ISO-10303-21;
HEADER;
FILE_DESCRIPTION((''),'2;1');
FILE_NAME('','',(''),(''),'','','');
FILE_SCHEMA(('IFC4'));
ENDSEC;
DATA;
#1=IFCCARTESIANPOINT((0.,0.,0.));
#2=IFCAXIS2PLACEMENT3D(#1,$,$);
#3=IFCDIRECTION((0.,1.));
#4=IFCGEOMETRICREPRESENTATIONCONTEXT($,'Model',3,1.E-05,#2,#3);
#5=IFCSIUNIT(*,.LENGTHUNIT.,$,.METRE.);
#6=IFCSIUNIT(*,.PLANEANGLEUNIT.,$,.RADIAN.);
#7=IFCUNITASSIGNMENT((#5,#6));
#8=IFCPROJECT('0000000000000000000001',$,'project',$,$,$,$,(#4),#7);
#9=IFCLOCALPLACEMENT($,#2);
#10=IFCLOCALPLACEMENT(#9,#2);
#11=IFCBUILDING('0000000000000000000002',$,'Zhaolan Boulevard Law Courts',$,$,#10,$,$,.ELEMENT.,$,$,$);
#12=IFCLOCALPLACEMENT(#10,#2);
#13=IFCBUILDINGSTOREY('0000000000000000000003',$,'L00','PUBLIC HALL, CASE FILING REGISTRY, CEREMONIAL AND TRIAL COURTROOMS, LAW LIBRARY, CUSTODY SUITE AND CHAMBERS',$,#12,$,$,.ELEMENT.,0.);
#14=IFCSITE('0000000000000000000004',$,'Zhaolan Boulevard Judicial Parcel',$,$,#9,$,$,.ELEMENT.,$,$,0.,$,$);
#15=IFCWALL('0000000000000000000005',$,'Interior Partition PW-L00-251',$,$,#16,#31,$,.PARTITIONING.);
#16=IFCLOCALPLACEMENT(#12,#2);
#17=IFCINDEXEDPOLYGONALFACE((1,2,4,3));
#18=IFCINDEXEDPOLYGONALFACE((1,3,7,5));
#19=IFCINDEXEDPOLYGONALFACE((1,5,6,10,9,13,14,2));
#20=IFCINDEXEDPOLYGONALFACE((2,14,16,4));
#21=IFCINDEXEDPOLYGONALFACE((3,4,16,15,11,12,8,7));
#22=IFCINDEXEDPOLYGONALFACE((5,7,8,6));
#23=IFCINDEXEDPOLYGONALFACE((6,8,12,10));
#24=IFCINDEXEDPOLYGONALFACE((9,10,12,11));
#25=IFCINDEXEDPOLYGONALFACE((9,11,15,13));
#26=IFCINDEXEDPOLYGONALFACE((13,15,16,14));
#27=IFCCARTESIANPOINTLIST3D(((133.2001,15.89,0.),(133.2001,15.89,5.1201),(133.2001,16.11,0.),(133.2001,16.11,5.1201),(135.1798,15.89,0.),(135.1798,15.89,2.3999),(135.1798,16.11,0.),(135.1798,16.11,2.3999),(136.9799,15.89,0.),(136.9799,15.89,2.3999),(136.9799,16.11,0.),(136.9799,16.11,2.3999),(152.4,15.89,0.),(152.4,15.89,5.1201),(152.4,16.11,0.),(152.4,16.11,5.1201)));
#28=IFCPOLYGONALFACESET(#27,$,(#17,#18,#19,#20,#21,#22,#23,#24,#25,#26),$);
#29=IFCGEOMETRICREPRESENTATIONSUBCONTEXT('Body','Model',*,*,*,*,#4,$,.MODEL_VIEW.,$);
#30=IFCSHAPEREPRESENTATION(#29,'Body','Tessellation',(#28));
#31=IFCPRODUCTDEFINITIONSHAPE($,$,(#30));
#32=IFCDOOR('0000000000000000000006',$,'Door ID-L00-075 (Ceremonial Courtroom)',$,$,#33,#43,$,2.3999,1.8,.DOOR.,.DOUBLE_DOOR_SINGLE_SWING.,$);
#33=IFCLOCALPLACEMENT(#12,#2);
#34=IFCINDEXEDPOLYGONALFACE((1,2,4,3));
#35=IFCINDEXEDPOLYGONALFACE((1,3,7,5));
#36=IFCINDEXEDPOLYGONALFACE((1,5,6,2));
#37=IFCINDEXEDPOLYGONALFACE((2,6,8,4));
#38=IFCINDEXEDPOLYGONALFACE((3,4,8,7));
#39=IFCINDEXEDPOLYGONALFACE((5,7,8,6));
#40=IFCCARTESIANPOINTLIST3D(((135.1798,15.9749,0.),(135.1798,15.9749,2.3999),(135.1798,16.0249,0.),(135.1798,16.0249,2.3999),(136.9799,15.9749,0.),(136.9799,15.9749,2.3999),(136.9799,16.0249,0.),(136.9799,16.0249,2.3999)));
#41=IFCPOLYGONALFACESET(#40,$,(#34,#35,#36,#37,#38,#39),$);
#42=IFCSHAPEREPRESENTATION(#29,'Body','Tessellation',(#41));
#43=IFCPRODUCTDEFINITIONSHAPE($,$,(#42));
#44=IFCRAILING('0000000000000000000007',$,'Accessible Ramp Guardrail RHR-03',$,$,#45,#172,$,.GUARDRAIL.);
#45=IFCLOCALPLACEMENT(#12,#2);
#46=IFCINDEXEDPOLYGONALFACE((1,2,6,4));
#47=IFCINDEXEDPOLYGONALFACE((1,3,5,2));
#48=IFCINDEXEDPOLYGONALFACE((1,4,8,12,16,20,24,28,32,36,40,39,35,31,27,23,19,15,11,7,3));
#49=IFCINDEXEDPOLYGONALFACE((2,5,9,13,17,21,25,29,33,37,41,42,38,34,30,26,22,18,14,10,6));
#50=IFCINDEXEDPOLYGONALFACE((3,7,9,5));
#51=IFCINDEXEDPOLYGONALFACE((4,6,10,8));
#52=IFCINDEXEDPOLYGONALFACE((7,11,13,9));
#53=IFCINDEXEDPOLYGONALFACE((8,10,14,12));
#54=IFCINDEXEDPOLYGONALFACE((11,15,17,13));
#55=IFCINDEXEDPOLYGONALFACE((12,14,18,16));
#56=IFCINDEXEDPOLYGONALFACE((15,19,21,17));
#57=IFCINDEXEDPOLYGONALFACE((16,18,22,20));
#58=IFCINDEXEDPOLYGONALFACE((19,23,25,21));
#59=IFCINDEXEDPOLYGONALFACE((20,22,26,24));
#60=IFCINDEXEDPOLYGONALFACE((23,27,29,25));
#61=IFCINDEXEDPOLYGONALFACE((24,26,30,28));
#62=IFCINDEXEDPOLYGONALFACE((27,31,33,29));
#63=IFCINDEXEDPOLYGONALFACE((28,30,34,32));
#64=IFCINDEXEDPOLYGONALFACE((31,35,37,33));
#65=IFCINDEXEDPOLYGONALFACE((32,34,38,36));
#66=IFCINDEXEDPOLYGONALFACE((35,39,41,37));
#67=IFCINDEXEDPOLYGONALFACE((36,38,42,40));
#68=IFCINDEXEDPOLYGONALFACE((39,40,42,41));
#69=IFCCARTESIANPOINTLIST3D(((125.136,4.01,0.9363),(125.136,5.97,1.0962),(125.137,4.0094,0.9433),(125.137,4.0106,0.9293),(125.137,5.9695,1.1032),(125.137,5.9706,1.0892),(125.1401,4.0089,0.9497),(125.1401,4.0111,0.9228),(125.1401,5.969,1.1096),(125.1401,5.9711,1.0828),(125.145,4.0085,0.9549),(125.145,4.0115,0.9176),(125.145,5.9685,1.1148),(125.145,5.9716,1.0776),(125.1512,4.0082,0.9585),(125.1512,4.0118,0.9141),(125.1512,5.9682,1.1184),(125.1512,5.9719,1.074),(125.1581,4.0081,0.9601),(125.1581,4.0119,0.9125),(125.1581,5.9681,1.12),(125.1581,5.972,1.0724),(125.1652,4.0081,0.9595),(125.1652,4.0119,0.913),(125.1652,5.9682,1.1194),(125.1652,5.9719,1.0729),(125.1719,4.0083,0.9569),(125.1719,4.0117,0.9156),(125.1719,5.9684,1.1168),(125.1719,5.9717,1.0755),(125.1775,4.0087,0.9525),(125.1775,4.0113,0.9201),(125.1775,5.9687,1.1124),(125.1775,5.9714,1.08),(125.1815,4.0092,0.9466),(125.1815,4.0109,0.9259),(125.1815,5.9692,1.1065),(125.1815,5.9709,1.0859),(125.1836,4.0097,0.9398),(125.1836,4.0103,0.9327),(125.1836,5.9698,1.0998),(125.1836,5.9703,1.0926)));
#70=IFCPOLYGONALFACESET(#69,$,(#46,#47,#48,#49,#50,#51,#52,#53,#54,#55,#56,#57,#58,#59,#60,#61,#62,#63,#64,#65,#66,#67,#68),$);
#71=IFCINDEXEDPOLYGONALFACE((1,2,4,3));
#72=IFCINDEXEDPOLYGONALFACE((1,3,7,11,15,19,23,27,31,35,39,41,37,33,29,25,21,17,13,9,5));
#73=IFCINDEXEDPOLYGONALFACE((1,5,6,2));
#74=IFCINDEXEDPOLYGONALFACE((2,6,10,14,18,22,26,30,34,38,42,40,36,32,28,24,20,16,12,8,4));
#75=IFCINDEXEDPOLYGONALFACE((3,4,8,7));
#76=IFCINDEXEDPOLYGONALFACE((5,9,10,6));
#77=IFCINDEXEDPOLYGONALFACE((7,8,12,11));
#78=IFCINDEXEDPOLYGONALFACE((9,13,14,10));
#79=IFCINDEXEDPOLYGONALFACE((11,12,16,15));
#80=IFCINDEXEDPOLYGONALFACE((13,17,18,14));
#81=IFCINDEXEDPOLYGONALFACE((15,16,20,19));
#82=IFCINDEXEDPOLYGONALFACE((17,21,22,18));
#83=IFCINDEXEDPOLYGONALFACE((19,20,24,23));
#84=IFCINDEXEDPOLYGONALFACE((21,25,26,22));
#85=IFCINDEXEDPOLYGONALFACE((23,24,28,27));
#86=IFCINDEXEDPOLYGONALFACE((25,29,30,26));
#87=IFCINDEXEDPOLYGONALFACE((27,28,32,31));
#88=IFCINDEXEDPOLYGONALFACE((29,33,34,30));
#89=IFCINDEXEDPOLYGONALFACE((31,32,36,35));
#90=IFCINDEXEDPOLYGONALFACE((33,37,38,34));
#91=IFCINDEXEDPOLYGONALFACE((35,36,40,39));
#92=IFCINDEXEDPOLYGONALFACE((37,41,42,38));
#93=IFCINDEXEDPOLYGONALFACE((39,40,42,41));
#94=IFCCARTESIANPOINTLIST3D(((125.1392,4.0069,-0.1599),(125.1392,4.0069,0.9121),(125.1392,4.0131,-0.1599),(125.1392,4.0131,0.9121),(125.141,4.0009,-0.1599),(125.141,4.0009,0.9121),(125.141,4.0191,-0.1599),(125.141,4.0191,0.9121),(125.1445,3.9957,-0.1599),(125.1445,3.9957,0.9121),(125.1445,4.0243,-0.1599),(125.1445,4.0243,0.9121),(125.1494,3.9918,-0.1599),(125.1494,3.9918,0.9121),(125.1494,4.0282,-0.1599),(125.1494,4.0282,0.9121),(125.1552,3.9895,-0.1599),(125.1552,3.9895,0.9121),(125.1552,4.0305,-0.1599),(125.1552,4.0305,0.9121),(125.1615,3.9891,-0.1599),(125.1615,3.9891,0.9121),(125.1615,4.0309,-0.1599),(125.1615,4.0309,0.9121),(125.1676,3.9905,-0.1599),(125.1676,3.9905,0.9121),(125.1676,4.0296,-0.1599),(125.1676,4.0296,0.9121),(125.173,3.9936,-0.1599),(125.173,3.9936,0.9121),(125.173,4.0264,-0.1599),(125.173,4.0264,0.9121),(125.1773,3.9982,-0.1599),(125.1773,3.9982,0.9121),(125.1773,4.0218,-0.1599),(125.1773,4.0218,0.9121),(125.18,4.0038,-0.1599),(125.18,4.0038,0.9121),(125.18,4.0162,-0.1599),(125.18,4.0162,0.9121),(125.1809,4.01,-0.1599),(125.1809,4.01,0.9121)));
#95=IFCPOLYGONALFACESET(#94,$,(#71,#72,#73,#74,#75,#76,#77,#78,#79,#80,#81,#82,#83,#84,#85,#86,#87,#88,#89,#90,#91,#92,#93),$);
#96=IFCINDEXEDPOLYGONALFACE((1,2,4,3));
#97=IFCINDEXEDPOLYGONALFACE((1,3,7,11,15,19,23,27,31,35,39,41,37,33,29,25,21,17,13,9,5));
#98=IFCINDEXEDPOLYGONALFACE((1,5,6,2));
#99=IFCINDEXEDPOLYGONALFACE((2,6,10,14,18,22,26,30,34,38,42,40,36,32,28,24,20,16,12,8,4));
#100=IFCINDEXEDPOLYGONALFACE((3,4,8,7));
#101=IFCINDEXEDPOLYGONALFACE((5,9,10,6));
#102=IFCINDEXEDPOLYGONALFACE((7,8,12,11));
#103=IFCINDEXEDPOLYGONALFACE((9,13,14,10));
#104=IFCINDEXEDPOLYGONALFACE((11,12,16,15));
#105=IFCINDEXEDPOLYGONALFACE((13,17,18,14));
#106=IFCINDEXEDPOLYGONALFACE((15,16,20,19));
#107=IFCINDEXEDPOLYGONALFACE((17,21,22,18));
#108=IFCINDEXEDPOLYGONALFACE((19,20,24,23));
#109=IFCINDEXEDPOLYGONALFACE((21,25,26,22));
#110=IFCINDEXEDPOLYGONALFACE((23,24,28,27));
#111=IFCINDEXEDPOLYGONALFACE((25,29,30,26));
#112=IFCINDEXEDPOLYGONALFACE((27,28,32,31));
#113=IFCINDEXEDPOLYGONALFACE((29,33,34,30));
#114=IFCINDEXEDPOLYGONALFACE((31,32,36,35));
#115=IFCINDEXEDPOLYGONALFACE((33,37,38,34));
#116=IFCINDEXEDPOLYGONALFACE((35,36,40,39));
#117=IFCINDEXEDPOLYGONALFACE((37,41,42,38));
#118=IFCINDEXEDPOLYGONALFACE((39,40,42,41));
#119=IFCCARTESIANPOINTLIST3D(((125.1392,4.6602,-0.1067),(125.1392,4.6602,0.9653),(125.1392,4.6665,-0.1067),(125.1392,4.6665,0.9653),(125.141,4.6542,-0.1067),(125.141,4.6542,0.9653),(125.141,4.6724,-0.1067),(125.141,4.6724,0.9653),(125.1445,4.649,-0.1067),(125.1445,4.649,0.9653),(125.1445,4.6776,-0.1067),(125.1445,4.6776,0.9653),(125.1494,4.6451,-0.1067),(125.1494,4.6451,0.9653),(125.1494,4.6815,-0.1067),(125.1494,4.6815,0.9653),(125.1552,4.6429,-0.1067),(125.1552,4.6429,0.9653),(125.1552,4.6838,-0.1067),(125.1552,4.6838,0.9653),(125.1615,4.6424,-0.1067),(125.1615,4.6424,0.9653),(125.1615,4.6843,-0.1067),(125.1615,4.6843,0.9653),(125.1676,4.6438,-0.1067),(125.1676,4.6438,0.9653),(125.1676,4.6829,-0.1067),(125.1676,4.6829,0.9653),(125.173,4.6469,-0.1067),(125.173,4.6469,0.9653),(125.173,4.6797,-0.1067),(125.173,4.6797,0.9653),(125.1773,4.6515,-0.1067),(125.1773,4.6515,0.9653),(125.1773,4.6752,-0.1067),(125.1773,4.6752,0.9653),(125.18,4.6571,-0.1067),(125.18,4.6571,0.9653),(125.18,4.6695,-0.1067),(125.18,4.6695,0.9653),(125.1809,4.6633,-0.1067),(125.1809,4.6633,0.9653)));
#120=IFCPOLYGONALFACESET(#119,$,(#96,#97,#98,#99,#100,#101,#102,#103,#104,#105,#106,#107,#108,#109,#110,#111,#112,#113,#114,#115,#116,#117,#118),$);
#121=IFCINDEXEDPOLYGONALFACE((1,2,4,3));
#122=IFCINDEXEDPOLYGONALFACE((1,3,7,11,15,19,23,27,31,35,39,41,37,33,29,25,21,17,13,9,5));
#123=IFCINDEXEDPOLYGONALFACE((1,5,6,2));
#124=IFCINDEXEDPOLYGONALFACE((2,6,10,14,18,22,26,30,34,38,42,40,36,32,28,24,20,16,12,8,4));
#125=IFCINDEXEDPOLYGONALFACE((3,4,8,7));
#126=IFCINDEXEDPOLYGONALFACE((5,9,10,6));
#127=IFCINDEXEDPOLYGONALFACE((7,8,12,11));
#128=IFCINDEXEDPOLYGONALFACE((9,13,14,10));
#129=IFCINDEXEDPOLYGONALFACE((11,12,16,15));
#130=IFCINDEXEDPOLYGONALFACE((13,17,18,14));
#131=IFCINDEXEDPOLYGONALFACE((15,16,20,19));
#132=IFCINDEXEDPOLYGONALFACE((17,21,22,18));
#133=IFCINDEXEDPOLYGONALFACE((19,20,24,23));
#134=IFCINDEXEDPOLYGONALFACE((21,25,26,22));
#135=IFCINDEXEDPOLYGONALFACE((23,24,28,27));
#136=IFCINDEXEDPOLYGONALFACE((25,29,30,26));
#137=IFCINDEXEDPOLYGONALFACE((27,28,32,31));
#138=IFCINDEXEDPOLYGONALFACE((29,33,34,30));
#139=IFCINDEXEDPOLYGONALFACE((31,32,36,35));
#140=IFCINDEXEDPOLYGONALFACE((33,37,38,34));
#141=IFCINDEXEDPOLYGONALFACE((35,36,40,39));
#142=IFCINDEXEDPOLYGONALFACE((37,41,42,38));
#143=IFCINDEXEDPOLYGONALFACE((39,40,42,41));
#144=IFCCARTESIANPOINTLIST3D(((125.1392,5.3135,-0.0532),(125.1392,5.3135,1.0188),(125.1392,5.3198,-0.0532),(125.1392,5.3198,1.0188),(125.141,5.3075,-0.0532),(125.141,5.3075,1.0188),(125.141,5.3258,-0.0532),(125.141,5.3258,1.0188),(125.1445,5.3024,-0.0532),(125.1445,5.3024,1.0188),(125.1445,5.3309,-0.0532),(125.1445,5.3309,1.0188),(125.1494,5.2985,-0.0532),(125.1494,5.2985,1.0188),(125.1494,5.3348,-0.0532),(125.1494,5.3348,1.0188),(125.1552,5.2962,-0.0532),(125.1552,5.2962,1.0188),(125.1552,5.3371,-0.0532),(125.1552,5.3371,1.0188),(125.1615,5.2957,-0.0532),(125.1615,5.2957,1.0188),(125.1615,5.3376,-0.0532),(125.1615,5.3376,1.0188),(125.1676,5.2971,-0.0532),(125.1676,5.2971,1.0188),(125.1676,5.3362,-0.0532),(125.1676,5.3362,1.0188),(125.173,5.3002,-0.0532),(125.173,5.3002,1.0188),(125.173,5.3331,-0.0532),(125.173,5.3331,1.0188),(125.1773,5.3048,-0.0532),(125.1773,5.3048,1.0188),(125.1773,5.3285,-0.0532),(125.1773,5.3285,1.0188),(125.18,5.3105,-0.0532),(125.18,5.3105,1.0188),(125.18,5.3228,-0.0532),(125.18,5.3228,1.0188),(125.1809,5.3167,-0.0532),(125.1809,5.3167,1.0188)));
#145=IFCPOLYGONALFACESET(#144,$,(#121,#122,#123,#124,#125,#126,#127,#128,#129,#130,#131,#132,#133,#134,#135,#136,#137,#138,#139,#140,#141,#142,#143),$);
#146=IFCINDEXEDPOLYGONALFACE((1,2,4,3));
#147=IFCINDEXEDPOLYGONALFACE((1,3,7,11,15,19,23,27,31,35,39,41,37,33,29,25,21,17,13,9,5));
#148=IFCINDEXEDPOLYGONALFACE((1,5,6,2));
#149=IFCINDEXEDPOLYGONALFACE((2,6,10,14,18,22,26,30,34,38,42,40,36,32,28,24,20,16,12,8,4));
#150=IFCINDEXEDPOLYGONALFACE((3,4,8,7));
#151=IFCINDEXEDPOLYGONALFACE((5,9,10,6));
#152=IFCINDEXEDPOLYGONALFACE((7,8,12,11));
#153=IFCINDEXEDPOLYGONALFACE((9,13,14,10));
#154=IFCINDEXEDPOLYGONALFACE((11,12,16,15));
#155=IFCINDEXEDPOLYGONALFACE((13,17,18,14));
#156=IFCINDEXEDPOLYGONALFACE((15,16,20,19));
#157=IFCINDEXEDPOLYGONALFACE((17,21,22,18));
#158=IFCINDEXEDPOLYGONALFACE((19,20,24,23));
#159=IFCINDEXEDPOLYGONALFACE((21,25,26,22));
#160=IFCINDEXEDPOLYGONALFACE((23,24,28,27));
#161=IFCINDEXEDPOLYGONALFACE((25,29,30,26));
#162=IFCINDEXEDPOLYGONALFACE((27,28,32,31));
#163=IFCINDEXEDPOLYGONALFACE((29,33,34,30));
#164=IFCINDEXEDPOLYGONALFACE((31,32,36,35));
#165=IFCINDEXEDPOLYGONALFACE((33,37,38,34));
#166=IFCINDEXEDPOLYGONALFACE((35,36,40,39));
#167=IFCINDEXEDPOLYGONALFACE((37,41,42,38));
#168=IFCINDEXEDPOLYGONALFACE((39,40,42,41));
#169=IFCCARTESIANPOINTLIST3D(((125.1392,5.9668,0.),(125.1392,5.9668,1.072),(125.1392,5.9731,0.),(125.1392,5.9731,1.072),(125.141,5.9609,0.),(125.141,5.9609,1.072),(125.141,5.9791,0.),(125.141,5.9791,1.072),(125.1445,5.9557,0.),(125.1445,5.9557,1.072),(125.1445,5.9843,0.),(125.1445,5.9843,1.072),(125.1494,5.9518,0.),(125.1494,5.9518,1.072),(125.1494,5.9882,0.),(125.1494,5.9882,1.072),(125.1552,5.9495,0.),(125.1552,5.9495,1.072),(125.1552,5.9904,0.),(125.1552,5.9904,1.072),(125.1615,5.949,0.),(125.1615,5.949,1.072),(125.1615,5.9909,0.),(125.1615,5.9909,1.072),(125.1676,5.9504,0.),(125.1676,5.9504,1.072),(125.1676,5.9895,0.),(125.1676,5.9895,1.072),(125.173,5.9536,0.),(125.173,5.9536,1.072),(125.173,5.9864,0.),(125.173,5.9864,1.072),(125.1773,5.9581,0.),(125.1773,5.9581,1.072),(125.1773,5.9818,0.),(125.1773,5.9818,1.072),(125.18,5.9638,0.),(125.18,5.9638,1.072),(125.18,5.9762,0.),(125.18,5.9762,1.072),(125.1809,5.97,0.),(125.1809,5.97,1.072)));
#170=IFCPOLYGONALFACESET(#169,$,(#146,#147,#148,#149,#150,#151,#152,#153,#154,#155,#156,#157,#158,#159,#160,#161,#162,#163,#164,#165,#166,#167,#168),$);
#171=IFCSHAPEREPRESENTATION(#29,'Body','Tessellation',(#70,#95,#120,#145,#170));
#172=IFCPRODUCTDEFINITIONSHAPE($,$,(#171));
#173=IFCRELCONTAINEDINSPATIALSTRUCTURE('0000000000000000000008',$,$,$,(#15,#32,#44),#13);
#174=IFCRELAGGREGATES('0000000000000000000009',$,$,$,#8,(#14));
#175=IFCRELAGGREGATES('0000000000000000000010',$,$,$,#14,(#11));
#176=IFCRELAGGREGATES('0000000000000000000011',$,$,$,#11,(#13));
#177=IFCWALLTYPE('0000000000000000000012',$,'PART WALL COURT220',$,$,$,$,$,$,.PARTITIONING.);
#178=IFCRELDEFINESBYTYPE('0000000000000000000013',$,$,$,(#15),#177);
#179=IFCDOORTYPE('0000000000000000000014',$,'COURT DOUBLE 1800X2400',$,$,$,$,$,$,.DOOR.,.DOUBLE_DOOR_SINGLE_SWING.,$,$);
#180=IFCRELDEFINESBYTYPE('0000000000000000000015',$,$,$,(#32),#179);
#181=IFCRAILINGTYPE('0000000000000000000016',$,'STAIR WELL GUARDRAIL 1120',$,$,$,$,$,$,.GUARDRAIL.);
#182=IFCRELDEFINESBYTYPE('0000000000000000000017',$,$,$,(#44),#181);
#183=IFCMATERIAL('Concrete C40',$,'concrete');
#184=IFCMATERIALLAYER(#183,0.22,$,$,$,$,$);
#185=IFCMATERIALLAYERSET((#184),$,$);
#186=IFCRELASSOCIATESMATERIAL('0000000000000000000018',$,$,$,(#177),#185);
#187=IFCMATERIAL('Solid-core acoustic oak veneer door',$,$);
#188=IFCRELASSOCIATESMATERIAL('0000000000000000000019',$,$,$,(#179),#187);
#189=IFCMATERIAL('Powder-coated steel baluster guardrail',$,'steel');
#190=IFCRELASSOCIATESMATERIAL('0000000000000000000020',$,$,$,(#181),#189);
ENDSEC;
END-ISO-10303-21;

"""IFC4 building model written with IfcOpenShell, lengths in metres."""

from ifc_helpers import new_model, si_unit, direction, frame, frame_2d, origin, origin_2d, place, context, subcontext, project, spatial, rectangle, circle, extrude, material, layer, layer_set, type_object, element, fill, save


model = new_model("IFC4")

# Units and contexts
model_context = context("Model", 3, precision=1e-05, world=origin(), true_north=direction((0.0, 1.0)))
body_context = subcontext(model_context, "Body", "Model", "MODEL_VIEW")
ifc_project = project(units=[si_unit("LENGTHUNIT", "METRE"), si_unit("PLANEANGLEUNIT", "RADIAN")], contexts=[model_context])

# Site, building, storey
site_placement = place(None, origin())
site = spatial("IfcSite", under=ifc_project, at=site_placement, Name="Zhaolan Boulevard Judicial Parcel", CompositionType="ELEMENT", RefElevation=0.0)
building_placement = place(site_placement, origin())
building = spatial("IfcBuilding", under=site, at=building_placement, Name="Zhaolan Boulevard Law Courts", CompositionType="ELEMENT")
storey_placement = place(building_placement, origin())
storey = spatial("IfcBuildingStorey", under=building, at=storey_placement, Name="L00", Description="PUBLIC HALL, CASE FILING REGISTRY, CEREMONIAL AND TRIAL COURTROOMS, LAW LIBRARY, CUSTODY SUITE AND CHAMBERS", CompositionType="ELEMENT", Elevation=0.0)

# Wall, opening, door
ifc_material_1 = material(Name="Concrete C40", Category="concrete")
ifc_layer_1 = layer(ifc_material_1, 0.22)
ifc_layer_set_1 = layer_set([ifc_layer_1])
wall_type_1 = type_object("IfcWallType", Name="PART WALL COURT220", PredefinedType="PARTITIONING", material=ifc_layer_set_1)
wall_1_placement = place(storey_placement, frame((133.2, 16.0, 0.0), z_axis=(0.0, 0.0, 1.0), x_axis=(1.0, 0.0, 0.0)))
wall_1 = element("IfcWall", 1, at=wall_1_placement, inside=storey, type_object=wall_type_1, Name="Interior Partition PW-L00-251", PredefinedType="PARTITIONING", context=body_context, shape_type="SweptSolid", body=[
    extrude(rectangle(XDim=19.2, YDim=0.22, at=frame_2d((9.6001, 0.0))), origin(), (0.0, 0.0, 1.0), 5.1201),
])
opening_1_placement = place(wall_1_placement, frame((1.98, 0.0, 0.0)))
opening_1 = element("IfcOpeningElement", 2, at=opening_1_placement, cuts=wall_1, PredefinedType="OPENING", context=body_context, shape_type="SweptSolid", body=[
    extrude(rectangle(XDim=1.8, YDim=2.3999, at=frame_2d((0.8999, 1.2))), frame((0.0, 0.1199, 0.0), z_axis=(0.0, -1.0, 0.0), x_axis=(1.0, 0.0, 0.0)), (0.0, 0.0, 1.0), 0.24),
])
ifc_material_2 = material(Name="Solid-core acoustic oak veneer door")
door_type_1 = type_object("IfcDoorType", Name="COURT DOUBLE 1800X2400", OperationType="DOUBLE_DOOR_SINGLE_SWING", PredefinedType="DOOR", material=ifc_material_2)
door_1_placement = place(opening_1_placement, origin())
door_1 = element("IfcDoor", 3, at=door_1_placement, inside=storey, type_object=door_type_1, Name="Door ID-L00-075 (Ceremonial Courtroom)", OperationType="DOUBLE_DOOR_SINGLE_SWING", OverallHeight=2.3999, OverallWidth=1.8, PredefinedType="DOOR", context=body_context, shape_type="SweptSolid", body=[
    extrude(rectangle(XDim=1.8, YDim=2.3999, at=frame_2d((0.8999, 1.2))), frame((0.0, 0.0249, 0.0), z_axis=(0.0, -1.0, 0.0), x_axis=(1.0, 0.0, 0.0)), (0.0, 0.0, 1.0), 0.05),
])
fill(opening_1, door_1)

# Railing
ifc_material_3 = material(Name="Powder-coated steel baluster guardrail", Category="steel")
railing_type = type_object("IfcRailingType", Name="STAIR WELL GUARDRAIL 1120", PredefinedType="GUARDRAIL", material=ifc_material_3)
for number, where, name in (
    (4, (125.1599, 4.01, -0.1599), "Accessible Ramp Guardrail RHR-03"),
):
    element("IfcRailing", number, at=place(storey_placement, frame(where)), inside=storey, type_object=railing_type, Name=name, PredefinedType="GUARDRAIL", context=body_context, shape_type="SweptSolid", body=[
        extrude(circle(Radius=0.0239, at=origin_2d()), frame((0.0, 0.0, 1.0962), z_axis=(0.0, 0.996688, 0.081319), x_axis=(-1.0, 0.0, 0.0)), (0.0, 0.0, 1.0), 1.9666),
        extrude(circle(Radius=0.021, at=origin_2d()), origin(), (0.0, 0.0, 1.0), 1.072),
        extrude(circle(Radius=0.021, at=origin_2d()), frame((0.0, 0.6533, 0.0532)), (0.0, 0.0, 1.0), 1.072),
        extrude(circle(Radius=0.021, at=origin_2d()), frame((0.0, 1.3066, 0.1067)), (0.0, 0.0, 1.0), 1.072),
        extrude(circle(Radius=0.021, at=origin_2d()), frame((0.0, 1.96, 0.1599)), (0.0, 0.0, 1.0), 1.072),
    ])

save(model, "model.ifc")
